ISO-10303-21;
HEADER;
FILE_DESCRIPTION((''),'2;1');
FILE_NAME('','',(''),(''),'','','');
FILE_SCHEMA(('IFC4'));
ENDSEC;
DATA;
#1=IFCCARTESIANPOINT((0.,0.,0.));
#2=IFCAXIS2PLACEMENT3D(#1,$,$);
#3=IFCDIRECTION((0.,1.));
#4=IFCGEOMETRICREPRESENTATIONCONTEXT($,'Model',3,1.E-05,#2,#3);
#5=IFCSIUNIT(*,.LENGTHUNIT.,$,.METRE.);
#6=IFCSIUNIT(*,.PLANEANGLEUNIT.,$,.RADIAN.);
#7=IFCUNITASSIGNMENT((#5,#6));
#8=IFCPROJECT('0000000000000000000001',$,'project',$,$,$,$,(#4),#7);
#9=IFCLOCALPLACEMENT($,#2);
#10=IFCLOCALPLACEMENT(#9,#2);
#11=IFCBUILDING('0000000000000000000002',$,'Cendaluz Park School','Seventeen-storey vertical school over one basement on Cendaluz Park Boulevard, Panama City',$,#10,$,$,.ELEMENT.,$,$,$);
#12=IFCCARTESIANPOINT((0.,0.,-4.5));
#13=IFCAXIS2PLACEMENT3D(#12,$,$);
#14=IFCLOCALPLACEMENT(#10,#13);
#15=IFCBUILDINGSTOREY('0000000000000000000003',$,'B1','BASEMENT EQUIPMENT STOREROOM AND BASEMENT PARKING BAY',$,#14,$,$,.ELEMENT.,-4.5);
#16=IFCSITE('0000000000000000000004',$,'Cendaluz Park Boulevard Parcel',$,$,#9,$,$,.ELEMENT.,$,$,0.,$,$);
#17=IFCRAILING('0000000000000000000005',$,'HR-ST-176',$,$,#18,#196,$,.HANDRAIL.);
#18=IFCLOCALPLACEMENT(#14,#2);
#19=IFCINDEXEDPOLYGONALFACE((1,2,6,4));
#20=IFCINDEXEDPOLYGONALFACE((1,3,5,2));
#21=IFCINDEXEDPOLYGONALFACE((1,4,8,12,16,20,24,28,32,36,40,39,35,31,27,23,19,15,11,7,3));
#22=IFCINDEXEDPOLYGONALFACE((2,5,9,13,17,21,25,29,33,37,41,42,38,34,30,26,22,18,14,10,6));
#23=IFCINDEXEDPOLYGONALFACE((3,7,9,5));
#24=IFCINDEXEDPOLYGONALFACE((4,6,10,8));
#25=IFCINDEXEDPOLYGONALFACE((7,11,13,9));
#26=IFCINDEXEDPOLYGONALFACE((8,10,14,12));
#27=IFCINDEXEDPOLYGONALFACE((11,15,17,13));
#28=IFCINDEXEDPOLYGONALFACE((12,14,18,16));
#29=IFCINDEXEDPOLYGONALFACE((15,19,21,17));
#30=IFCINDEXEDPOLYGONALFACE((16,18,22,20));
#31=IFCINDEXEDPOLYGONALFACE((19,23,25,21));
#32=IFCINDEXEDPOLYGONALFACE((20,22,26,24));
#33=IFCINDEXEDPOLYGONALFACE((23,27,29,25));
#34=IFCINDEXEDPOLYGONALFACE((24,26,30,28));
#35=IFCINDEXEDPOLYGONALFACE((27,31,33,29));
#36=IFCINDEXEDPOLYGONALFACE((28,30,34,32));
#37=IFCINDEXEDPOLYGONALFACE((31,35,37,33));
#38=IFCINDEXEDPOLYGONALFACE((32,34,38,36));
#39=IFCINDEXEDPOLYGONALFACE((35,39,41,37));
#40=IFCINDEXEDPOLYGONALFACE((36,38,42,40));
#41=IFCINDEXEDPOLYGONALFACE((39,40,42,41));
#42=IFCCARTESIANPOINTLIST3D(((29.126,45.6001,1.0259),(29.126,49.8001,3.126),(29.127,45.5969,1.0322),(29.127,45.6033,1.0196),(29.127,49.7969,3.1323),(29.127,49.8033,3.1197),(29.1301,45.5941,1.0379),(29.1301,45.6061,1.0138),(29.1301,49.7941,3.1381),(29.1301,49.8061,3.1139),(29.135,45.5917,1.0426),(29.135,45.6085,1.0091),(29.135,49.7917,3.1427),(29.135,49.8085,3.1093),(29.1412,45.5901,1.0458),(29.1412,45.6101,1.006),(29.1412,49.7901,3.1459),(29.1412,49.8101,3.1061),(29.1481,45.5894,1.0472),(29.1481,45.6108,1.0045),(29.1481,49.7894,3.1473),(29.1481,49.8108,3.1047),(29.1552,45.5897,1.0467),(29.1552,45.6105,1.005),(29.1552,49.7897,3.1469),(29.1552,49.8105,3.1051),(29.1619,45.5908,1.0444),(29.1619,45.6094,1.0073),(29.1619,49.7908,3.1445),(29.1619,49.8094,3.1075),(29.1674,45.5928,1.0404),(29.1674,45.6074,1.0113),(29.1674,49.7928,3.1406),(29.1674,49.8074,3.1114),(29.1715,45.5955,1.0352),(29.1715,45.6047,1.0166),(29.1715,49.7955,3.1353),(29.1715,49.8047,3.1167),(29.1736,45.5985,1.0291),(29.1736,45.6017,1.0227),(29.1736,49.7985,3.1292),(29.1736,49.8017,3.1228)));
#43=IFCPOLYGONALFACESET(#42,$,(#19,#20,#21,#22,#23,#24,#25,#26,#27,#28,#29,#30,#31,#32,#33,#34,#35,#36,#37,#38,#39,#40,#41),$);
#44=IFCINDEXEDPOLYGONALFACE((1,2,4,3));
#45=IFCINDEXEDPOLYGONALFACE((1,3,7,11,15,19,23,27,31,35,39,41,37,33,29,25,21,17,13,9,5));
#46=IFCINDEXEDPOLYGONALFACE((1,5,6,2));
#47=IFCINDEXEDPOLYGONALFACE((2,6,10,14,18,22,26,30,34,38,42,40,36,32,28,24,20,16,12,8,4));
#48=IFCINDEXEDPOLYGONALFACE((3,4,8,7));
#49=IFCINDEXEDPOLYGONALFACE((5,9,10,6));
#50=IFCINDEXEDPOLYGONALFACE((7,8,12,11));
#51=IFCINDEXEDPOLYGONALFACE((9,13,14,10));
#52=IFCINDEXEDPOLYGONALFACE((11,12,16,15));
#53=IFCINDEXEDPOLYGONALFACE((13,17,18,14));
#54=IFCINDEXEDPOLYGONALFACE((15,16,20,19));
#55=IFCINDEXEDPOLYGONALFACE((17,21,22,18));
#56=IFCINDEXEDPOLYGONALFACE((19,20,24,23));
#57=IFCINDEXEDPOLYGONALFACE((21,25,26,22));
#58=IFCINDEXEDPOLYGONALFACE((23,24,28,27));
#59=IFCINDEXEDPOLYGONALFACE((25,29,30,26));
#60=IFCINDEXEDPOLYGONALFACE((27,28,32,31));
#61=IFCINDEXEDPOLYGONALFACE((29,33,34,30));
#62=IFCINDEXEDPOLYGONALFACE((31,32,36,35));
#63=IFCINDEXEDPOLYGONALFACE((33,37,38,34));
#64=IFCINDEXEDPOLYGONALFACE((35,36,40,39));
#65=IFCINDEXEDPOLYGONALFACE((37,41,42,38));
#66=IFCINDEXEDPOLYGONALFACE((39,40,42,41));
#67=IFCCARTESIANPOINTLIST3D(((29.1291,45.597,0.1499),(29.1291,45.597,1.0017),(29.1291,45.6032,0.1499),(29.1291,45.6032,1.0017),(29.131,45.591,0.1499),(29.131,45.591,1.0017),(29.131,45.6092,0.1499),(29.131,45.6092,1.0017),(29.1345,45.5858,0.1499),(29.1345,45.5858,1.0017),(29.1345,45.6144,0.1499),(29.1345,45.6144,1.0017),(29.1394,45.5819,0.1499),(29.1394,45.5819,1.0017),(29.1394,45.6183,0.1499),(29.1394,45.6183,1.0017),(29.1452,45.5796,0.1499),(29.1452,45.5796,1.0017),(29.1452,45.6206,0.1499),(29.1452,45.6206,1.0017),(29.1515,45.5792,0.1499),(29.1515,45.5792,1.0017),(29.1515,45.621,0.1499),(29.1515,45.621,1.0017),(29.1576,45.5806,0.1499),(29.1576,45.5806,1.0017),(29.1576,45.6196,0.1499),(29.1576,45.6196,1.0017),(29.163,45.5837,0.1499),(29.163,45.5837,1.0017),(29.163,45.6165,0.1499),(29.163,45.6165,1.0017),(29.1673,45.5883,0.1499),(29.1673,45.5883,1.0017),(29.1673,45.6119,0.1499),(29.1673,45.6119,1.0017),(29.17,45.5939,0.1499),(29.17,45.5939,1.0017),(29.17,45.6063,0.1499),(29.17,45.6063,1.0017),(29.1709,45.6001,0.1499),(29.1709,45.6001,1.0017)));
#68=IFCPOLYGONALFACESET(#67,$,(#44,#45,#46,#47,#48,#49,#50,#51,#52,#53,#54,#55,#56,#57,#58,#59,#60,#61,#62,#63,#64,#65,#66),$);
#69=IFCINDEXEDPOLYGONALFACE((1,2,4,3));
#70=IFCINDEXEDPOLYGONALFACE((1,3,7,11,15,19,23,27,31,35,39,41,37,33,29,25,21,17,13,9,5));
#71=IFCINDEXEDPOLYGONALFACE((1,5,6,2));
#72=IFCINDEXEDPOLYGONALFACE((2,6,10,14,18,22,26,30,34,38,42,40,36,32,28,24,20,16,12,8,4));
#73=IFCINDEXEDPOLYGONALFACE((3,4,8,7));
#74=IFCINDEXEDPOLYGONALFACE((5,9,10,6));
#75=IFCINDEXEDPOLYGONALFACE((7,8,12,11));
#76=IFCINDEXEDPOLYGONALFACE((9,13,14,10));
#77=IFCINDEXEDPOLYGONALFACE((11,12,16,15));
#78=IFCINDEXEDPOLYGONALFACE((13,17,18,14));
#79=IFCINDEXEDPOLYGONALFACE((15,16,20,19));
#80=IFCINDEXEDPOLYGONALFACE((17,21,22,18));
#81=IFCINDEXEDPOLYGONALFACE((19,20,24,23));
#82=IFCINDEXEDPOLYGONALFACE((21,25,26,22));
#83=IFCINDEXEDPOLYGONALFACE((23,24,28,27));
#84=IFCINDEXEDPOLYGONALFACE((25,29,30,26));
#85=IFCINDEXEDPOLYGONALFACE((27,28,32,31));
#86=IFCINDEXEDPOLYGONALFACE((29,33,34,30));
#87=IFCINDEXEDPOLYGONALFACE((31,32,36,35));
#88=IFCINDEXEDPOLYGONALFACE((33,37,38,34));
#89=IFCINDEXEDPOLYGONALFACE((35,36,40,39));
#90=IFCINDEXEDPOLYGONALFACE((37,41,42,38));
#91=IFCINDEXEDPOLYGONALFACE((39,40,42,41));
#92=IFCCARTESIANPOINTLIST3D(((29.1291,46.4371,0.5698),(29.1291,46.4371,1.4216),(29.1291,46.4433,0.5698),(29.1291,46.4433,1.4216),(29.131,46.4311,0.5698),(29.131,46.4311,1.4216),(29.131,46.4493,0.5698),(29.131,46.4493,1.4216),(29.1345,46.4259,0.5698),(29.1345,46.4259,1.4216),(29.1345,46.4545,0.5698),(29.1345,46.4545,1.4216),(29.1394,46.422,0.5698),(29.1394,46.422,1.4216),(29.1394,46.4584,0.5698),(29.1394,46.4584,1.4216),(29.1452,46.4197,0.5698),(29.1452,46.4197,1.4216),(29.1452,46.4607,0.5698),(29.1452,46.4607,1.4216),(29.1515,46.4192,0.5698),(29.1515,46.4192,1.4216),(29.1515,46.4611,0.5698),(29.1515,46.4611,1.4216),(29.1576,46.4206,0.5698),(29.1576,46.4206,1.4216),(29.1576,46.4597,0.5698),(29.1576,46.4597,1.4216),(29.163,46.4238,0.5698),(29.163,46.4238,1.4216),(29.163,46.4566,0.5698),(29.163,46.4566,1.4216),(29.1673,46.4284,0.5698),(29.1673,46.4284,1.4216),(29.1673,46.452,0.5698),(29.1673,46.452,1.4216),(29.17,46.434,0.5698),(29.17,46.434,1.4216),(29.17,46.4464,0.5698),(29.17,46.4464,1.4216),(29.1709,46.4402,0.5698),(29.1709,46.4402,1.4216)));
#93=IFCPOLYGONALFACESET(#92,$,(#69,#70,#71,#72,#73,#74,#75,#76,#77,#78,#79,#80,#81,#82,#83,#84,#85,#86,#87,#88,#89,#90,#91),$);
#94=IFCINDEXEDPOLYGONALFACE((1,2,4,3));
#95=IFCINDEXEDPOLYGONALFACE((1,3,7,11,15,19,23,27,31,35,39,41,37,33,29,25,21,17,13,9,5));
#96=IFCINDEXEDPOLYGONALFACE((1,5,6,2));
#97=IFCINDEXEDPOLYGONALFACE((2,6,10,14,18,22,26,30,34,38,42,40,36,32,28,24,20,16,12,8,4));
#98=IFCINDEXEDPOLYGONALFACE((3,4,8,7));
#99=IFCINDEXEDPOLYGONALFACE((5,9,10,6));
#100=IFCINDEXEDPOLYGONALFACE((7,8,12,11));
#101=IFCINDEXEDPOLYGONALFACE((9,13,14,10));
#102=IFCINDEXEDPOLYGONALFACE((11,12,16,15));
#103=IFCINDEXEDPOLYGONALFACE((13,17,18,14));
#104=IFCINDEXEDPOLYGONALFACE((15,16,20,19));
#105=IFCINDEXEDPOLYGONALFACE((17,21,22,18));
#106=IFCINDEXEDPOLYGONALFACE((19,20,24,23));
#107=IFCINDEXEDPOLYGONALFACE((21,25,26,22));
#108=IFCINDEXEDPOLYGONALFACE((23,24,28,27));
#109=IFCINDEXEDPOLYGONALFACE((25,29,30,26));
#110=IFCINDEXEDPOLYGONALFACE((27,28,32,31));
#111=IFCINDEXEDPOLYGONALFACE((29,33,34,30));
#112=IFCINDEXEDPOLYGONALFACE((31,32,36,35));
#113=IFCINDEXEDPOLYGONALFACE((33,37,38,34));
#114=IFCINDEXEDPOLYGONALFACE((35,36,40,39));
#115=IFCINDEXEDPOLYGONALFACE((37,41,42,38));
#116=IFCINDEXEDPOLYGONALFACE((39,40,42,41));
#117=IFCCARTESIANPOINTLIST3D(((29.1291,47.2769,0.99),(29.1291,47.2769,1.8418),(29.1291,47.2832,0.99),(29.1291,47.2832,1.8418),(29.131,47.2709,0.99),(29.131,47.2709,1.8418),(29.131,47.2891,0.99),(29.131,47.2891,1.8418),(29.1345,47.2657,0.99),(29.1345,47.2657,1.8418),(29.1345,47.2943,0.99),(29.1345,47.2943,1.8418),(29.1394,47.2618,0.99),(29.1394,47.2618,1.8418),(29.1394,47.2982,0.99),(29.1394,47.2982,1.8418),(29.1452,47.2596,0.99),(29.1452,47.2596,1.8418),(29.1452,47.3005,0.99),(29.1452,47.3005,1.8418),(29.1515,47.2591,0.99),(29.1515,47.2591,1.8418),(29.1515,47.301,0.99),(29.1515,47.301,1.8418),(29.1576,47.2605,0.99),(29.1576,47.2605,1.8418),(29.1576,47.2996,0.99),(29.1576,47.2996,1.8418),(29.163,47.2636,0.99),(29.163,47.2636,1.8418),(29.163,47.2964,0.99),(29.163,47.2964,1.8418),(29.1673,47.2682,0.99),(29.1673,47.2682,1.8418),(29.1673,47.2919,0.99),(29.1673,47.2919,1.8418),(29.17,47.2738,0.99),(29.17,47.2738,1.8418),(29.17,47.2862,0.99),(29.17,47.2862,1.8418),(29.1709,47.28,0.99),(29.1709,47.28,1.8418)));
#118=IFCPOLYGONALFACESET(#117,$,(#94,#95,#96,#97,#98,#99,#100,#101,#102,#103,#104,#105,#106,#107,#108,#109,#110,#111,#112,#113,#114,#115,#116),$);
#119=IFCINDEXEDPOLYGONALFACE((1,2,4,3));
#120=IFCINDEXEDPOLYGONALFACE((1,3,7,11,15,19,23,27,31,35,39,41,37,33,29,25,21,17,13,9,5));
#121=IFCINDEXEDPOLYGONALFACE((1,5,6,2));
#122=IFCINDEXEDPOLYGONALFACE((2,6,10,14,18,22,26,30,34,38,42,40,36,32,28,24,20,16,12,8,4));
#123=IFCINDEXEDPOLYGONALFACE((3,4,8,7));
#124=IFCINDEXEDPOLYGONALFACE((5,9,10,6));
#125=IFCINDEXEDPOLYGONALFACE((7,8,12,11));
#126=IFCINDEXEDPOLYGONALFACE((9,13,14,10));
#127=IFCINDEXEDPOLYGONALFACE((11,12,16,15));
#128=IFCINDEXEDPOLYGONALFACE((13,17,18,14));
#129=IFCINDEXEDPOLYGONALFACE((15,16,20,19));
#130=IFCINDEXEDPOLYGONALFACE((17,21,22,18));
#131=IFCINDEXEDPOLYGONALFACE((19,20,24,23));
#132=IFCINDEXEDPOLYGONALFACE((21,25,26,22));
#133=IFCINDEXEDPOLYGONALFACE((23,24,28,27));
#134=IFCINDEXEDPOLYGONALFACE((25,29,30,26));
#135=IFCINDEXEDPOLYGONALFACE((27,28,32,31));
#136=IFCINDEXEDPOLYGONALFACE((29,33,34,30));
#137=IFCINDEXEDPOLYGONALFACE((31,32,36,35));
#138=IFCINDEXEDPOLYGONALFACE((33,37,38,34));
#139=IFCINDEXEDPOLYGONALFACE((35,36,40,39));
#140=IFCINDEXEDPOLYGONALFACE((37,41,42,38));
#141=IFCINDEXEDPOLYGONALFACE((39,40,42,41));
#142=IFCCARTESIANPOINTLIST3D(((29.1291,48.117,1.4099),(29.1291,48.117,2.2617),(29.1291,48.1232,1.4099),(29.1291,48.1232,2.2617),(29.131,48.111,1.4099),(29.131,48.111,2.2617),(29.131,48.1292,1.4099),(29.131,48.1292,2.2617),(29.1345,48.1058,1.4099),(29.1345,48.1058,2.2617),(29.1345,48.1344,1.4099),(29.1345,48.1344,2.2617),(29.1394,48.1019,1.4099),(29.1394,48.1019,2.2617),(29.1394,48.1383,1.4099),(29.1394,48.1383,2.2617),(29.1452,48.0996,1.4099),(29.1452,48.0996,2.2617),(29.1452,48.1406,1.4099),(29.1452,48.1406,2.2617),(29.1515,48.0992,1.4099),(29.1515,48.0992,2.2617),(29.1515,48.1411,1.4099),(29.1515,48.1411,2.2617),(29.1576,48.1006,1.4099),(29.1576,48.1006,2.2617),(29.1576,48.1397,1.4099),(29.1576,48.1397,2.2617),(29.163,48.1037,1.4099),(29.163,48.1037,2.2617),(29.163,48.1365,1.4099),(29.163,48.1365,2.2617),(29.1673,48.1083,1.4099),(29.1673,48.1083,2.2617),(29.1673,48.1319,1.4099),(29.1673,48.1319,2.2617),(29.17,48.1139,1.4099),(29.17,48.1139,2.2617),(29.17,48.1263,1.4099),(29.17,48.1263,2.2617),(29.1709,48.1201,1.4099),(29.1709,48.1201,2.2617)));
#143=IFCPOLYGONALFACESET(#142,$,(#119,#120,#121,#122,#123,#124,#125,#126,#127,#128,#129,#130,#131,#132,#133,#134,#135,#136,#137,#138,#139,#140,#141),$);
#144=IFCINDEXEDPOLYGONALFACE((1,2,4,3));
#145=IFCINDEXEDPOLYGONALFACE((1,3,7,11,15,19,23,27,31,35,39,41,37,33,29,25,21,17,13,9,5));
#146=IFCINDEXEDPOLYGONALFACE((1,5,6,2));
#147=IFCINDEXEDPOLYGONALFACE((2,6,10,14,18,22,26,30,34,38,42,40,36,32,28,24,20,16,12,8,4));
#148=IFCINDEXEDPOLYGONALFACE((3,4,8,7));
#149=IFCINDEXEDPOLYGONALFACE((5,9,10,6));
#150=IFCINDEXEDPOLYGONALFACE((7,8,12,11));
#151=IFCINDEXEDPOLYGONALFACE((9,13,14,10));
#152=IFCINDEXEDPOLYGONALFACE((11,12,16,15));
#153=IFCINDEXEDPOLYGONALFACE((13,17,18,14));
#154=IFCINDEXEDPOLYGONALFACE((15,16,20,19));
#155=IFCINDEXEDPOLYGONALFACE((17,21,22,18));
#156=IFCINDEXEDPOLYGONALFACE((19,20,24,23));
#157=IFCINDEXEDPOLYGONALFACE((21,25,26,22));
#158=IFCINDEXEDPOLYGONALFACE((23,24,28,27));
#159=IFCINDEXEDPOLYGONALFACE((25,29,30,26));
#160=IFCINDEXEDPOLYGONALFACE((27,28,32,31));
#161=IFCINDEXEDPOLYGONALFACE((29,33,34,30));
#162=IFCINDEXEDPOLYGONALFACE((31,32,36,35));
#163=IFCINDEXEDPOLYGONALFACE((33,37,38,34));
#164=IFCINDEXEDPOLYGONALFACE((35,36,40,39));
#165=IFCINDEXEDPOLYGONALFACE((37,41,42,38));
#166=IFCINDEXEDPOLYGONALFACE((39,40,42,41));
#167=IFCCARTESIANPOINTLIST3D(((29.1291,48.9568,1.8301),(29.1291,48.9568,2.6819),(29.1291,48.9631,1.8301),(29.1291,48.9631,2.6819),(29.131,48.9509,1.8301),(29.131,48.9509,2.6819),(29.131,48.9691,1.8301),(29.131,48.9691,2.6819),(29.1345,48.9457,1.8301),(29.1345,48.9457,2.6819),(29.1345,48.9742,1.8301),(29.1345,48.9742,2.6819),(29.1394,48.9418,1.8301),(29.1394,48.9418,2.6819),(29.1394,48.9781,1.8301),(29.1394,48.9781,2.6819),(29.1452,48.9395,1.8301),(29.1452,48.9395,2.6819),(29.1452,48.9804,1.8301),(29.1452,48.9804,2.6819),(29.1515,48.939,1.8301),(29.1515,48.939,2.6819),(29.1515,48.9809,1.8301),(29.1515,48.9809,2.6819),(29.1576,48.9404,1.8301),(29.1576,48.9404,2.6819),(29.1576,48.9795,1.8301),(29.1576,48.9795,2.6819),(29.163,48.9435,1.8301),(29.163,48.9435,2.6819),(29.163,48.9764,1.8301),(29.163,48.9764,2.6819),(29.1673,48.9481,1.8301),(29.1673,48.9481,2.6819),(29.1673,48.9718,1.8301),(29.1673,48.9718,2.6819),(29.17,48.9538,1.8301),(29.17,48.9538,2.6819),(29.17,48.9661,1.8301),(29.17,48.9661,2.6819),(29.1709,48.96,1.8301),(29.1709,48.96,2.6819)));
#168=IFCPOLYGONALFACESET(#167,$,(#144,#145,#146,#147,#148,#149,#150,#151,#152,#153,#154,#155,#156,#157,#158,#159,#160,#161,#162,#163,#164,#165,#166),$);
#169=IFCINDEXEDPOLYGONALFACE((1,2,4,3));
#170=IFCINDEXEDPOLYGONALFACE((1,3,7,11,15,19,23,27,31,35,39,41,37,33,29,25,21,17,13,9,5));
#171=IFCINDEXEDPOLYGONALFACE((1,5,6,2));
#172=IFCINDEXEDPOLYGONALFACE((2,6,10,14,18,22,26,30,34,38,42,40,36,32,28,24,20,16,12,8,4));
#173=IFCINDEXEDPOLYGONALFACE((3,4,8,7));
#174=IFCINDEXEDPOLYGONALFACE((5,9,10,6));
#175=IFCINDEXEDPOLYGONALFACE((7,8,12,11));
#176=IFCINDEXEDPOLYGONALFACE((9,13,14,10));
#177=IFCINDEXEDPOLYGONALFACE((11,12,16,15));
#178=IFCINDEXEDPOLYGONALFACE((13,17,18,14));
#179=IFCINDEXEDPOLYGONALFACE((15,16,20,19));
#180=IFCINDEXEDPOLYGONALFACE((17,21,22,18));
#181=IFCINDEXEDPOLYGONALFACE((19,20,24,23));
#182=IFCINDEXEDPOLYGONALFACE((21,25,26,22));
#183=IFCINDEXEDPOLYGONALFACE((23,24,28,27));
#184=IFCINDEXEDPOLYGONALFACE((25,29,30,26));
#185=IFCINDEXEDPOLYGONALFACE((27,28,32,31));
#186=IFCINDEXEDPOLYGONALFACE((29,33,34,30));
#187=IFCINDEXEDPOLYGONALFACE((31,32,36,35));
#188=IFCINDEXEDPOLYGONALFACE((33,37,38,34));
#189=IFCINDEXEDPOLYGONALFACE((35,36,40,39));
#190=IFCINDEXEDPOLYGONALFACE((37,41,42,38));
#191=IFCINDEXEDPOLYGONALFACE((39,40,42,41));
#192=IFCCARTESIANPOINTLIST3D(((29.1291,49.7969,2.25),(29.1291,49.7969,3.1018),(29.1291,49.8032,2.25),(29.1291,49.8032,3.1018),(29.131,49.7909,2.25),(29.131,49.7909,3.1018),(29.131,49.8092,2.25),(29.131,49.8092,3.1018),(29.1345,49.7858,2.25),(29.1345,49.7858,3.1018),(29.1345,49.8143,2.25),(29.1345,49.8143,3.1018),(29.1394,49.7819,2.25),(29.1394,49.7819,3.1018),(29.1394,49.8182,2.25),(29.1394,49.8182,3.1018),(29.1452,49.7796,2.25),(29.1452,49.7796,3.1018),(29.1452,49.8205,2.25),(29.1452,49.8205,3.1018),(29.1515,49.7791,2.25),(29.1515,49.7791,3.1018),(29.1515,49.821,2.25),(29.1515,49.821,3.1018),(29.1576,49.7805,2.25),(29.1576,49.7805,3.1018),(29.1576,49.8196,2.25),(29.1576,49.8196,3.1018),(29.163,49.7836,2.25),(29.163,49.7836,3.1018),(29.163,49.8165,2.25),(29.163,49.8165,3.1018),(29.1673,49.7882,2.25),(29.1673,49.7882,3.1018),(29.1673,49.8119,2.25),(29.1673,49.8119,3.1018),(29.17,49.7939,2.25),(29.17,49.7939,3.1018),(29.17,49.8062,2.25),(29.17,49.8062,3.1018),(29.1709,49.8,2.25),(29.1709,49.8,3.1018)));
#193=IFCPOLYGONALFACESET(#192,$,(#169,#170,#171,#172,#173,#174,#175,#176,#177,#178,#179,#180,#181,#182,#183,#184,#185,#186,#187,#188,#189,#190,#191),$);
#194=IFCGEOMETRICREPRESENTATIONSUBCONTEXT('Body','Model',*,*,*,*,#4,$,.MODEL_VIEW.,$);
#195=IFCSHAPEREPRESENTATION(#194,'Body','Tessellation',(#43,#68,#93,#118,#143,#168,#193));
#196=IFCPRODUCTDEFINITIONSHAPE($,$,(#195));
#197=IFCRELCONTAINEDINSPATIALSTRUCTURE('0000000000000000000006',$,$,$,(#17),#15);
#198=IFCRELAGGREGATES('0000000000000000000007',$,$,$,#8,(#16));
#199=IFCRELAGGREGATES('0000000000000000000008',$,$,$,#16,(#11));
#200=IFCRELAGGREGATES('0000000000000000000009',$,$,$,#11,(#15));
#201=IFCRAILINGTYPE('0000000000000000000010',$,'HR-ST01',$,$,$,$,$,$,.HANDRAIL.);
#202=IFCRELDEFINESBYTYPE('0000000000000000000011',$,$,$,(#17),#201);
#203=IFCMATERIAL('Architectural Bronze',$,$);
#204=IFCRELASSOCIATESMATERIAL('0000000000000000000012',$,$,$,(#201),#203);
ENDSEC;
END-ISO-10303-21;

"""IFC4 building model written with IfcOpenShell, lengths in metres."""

from ifc_helpers import new_model, si_unit, direction, frame, origin, origin_2d, place, context, subcontext, project, spatial, circle, extrude, material, type_object, element, save


model = new_model("IFC4")

# Units and contexts
model_context = context("Model", 3, precision=1e-05, world=origin(), true_north=direction((0.0, 1.0)))
body_context = subcontext(model_context, "Body", "Model", "MODEL_VIEW")
ifc_project = project(units=[si_unit("LENGTHUNIT", "METRE"), si_unit("PLANEANGLEUNIT", "RADIAN")], contexts=[model_context])

# Site, building, storey
site_placement = place(None, origin())
site = spatial("IfcSite", under=ifc_project, at=site_placement, Name="Cendaluz Park Boulevard Parcel", CompositionType="ELEMENT", RefElevation=0.0)
building_placement = place(site_placement, origin())
building = spatial("IfcBuilding", under=site, at=building_placement, Name="Cendaluz Park School", Description="Seventeen-storey vertical school over one basement on Cendaluz Park Boulevard, Panama City", CompositionType="ELEMENT")
storey_placement = place(building_placement, frame((0.0, 0.0, -4.5)))
storey = spatial("IfcBuildingStorey", under=building, at=storey_placement, Name="B1", Description="BASEMENT EQUIPMENT STOREROOM AND BASEMENT PARKING BAY", CompositionType="ELEMENT", Elevation=-4.5)

# Railing
ifc_material_1 = material(Name="Architectural Bronze")
railing_type_1 = type_object("IfcRailingType", Name="HR-ST01", PredefinedType="HANDRAIL", material=ifc_material_1)
railing_1_placement = place(storey_placement, frame((29.1499, 45.6001, 0.1499)))
element("IfcRailing", 1, at=railing_1_placement, inside=storey, type_object=railing_type_1, Name="HR-ST-176", PredefinedType="HANDRAIL", context=body_context, shape_type="SweptSolid", body=[
    extrude(circle(Radius=0.0239, at=origin_2d()), frame((0.0, 0.0, 0.876), z_axis=(0.0, 0.894417, 0.447234), x_axis=(-1.0, 0.0, 0.0)), (0.0, 0.0, 1.0), 4.6958),
    extrude(circle(Radius=0.021, at=origin_2d()), origin(), (0.0, 0.0, 1.0), 0.8518),
    extrude(circle(Radius=0.021, at=origin_2d()), frame((0.0, 0.8401, 0.4199)), (0.0, 0.0, 1.0), 0.8518),
    extrude(circle(Radius=0.021, at=origin_2d()), frame((0.0, 1.6799, 0.8401)), (0.0, 0.0, 1.0), 0.8518),
    extrude(circle(Radius=0.021, at=origin_2d()), frame((0.0, 2.52, 1.26)), (0.0, 0.0, 1.0), 0.8518),
    extrude(circle(Radius=0.021, at=origin_2d()), frame((0.0, 3.3599, 1.6802)), (0.0, 0.0, 1.0), 0.8518),
    extrude(circle(Radius=0.021, at=origin_2d()), frame((0.0, 4.2, 2.1001)), (0.0, 0.0, 1.0), 0.8518),
])

save(model, "model.ifc")
